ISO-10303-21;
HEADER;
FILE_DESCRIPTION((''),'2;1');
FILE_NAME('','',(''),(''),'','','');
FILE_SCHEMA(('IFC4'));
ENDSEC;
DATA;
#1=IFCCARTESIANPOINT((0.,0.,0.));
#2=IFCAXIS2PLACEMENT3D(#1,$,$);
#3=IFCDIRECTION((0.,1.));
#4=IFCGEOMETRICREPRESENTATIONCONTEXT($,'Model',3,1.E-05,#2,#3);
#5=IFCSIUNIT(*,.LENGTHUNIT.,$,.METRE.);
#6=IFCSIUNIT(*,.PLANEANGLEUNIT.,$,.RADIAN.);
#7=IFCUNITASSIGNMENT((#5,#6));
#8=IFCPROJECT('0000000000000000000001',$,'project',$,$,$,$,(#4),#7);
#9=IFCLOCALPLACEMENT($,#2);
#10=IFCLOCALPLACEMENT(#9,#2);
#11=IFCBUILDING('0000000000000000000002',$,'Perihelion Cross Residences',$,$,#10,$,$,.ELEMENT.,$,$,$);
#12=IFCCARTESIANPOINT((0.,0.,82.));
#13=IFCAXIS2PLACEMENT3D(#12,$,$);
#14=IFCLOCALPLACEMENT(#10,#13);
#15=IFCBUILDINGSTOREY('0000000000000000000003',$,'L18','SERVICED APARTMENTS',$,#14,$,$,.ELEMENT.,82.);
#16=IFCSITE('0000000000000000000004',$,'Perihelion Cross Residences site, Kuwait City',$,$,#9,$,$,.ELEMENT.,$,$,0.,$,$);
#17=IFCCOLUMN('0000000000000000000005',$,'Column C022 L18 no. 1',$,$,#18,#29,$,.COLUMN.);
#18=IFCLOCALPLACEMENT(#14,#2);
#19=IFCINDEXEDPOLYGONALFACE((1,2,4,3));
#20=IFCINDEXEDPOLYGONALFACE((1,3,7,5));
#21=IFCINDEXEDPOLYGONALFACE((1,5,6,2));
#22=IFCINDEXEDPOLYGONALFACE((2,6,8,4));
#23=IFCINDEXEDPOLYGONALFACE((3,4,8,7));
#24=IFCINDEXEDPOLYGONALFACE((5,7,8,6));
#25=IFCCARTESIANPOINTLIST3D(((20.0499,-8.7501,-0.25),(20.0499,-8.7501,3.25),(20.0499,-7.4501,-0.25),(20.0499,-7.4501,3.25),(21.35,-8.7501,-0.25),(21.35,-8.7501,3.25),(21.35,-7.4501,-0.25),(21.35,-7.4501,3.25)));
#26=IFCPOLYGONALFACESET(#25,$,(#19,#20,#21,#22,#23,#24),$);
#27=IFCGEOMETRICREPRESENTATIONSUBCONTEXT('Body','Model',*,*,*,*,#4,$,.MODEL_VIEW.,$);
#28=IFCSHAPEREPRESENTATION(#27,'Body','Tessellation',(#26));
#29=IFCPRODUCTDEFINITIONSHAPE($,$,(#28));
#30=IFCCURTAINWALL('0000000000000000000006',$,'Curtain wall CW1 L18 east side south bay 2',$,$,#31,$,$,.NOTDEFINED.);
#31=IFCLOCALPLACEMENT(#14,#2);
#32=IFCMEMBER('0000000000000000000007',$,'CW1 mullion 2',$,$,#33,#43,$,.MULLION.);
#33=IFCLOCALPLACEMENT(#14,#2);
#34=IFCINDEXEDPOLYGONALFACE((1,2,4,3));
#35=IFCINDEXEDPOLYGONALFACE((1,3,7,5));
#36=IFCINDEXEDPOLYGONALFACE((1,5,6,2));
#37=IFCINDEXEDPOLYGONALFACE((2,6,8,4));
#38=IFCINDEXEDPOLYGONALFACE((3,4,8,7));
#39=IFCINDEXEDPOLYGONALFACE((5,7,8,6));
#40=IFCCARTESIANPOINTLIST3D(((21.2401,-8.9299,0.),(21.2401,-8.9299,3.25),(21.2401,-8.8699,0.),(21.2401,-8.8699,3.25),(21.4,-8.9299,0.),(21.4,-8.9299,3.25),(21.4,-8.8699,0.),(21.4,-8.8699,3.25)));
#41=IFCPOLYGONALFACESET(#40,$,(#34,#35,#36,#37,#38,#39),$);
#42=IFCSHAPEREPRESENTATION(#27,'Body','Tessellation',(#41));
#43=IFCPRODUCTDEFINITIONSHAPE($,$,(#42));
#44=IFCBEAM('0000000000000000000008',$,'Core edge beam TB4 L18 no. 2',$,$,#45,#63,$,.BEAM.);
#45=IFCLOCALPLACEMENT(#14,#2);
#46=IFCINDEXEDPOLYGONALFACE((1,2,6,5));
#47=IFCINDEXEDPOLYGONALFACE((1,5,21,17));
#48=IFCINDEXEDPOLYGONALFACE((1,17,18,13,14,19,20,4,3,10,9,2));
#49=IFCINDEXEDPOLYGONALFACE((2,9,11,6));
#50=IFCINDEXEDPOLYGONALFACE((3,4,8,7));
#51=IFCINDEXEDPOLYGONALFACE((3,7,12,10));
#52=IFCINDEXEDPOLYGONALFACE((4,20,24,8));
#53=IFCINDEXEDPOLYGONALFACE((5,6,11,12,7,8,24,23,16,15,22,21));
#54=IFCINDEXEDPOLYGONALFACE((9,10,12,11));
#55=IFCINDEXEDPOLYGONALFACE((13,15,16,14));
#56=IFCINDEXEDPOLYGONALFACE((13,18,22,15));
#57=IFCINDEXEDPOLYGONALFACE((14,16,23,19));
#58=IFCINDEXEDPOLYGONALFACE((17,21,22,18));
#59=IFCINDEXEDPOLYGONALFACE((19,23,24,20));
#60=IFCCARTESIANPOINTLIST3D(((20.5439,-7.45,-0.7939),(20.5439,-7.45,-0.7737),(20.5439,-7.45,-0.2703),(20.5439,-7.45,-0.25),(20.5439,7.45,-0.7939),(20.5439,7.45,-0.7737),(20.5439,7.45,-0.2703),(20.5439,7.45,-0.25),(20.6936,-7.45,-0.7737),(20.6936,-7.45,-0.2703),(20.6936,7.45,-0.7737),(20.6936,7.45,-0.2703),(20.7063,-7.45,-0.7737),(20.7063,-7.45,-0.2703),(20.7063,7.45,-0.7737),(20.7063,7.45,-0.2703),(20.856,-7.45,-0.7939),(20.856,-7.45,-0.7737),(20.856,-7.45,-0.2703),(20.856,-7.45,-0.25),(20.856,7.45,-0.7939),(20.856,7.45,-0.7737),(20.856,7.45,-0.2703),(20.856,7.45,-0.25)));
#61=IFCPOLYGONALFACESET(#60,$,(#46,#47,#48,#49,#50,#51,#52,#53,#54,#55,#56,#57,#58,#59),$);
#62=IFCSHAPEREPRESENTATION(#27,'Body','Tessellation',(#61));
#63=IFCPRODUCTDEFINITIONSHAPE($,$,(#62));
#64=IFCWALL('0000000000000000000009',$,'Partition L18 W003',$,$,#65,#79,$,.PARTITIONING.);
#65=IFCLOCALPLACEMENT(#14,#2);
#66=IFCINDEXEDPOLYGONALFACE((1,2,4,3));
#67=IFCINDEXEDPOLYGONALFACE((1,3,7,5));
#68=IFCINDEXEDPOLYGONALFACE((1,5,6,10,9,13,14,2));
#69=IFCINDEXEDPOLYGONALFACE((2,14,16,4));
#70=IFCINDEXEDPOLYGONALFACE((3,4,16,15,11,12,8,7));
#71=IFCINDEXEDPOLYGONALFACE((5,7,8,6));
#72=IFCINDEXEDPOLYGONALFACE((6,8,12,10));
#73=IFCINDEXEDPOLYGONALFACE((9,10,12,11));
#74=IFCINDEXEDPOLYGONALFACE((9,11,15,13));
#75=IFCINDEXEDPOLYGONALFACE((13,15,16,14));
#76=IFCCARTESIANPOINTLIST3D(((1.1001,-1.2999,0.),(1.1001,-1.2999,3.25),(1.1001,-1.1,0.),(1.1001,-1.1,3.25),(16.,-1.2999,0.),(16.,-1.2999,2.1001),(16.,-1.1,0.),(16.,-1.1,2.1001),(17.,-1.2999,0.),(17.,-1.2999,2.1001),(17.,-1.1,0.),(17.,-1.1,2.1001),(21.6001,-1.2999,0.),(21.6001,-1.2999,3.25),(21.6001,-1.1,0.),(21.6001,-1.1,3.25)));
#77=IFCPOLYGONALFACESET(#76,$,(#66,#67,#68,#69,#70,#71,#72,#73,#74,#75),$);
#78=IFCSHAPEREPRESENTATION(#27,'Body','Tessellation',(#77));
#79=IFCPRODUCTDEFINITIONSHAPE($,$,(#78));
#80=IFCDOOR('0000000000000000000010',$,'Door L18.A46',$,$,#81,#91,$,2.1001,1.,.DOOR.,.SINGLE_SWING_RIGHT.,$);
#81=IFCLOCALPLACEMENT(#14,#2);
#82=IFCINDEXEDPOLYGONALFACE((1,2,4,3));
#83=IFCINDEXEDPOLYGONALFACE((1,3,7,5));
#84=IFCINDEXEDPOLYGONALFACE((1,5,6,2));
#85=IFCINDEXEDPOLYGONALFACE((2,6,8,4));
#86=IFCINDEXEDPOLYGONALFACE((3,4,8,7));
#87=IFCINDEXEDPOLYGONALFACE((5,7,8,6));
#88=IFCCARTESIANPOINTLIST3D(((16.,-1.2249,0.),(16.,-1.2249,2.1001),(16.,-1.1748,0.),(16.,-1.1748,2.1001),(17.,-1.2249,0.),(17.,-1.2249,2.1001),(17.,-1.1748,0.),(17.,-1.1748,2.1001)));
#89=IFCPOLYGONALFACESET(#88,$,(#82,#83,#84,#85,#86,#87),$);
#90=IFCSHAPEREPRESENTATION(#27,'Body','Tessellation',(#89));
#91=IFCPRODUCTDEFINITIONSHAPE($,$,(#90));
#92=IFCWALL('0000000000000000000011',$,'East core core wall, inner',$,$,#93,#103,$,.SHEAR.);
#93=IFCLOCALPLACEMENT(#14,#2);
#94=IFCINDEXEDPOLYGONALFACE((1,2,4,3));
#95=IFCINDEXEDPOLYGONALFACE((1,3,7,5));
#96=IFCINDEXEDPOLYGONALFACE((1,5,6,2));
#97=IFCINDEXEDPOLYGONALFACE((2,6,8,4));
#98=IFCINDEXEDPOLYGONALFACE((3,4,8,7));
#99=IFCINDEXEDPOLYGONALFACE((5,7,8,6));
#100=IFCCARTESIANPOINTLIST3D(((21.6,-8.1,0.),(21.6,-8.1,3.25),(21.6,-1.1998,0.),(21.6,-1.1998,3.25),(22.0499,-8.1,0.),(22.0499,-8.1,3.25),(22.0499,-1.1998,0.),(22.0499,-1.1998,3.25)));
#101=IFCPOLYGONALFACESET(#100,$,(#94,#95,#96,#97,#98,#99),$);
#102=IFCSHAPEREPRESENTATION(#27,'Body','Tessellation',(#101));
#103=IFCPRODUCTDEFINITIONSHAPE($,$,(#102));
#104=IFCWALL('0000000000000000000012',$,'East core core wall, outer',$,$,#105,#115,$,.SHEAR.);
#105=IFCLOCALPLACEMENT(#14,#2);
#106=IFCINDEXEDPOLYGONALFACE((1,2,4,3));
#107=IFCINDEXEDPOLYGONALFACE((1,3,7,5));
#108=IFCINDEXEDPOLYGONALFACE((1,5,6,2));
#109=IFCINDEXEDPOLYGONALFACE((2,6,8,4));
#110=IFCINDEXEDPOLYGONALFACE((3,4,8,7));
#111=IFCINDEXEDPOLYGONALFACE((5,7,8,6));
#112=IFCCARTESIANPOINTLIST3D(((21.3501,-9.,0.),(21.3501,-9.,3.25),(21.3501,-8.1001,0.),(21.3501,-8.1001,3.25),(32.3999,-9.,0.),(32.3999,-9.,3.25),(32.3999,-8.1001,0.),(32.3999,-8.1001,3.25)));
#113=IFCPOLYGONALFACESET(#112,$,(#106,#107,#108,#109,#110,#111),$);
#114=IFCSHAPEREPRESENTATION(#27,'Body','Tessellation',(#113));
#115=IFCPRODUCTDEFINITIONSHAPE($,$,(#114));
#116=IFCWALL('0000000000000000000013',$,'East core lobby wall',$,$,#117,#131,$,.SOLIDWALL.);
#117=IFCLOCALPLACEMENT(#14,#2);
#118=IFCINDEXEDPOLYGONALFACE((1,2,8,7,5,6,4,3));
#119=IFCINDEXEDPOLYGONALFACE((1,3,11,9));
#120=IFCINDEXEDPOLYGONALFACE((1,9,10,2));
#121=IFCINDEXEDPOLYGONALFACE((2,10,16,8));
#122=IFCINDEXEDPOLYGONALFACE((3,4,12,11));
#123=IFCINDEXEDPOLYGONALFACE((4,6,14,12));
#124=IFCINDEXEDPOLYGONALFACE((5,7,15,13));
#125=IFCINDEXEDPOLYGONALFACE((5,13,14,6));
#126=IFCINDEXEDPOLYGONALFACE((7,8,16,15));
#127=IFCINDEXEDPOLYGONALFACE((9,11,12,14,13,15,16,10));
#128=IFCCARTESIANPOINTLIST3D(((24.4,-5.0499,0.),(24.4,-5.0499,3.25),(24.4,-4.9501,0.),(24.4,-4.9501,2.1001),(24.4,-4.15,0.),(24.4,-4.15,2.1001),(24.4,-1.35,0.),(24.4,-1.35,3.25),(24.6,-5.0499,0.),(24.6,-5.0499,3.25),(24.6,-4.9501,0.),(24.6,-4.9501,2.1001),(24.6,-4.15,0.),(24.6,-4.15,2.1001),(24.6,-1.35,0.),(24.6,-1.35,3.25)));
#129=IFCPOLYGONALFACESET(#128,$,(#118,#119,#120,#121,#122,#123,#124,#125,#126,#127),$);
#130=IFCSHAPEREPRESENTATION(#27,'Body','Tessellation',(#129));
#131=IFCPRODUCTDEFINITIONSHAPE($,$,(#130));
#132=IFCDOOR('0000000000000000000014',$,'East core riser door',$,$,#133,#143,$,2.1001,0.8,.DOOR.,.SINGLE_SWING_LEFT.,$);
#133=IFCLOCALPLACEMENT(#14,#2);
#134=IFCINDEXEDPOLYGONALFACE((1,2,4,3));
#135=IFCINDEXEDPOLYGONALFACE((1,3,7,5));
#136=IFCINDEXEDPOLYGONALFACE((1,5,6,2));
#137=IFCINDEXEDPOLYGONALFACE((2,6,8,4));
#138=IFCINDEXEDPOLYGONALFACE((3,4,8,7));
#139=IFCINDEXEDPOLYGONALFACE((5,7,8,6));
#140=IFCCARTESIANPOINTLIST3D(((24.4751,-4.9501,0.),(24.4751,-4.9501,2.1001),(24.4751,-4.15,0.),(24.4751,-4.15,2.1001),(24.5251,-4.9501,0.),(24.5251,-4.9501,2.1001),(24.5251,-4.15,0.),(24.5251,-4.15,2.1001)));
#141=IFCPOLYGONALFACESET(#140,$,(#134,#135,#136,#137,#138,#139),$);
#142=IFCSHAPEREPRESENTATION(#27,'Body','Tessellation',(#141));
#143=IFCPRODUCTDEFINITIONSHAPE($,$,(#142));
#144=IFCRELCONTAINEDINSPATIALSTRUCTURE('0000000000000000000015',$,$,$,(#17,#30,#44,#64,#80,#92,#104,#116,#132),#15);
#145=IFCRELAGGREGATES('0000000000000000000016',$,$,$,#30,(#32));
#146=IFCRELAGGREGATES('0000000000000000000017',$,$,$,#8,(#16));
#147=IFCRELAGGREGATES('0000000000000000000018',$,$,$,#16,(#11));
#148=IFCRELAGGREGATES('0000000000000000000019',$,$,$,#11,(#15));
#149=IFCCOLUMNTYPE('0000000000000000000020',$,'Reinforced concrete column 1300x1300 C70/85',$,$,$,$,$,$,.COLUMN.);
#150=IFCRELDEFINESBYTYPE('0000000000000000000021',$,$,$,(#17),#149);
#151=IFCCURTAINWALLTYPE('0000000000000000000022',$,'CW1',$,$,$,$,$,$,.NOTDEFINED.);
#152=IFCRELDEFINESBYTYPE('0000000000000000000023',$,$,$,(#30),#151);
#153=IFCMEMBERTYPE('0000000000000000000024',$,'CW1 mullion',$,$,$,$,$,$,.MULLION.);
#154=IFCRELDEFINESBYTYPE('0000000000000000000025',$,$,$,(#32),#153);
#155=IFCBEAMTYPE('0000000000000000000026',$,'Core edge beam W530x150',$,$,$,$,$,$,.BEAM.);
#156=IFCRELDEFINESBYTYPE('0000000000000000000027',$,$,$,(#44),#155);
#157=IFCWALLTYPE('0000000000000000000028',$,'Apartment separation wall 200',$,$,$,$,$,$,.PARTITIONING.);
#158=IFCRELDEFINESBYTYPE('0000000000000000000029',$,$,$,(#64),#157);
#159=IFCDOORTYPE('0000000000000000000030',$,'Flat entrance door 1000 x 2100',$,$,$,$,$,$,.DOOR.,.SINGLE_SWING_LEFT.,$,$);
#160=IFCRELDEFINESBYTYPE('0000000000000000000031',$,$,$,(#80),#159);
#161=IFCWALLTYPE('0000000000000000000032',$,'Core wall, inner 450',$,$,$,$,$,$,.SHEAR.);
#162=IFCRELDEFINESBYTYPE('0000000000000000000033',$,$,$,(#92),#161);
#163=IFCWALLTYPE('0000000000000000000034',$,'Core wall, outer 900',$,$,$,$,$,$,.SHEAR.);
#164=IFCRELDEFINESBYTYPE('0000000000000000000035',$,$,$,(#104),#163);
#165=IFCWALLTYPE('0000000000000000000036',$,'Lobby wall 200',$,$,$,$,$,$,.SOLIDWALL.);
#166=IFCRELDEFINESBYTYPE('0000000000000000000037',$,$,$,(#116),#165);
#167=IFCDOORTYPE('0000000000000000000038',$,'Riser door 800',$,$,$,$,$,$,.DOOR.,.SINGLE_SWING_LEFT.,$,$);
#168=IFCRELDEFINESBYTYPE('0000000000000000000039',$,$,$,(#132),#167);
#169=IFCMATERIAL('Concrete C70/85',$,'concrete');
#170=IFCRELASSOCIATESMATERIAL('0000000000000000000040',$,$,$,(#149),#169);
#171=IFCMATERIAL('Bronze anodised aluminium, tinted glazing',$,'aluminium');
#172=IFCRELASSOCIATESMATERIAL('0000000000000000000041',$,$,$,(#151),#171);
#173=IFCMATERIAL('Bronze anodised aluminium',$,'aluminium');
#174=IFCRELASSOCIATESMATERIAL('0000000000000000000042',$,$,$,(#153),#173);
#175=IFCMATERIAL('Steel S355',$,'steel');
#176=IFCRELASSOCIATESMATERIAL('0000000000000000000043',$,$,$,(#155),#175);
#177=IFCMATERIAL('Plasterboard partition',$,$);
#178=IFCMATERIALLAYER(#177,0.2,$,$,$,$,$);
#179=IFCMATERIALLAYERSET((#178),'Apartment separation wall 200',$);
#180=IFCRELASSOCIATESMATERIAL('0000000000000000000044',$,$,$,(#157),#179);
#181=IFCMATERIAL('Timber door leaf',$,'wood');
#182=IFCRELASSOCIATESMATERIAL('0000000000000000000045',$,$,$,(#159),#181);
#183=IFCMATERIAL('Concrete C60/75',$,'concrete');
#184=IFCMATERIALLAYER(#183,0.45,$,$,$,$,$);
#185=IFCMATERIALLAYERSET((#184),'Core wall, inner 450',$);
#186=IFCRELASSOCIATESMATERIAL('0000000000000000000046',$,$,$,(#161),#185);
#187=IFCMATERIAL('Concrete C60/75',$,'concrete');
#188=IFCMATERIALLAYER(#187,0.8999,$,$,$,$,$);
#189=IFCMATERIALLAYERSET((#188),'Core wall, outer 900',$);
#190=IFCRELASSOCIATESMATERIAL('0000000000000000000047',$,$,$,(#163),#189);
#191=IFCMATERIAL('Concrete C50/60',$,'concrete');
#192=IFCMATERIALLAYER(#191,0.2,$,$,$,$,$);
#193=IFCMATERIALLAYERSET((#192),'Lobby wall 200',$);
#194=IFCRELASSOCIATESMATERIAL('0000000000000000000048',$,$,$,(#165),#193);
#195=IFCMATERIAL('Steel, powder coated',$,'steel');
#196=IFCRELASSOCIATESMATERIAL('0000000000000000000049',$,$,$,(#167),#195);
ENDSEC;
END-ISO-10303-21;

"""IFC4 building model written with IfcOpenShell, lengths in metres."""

from ifc_helpers import new_model, si_unit, direction, frame, frame_2d, origin, origin_2d, place, context, subcontext, project, spatial, rectangle, i_section, extrude, material, layer, layer_set, material_profile, profile_set, type_object, element, fill, aggregate, save


model = new_model("IFC4")

# Units and contexts
model_context = context("Model", 3, precision=1e-05, world=origin(), true_north=direction((0.0, 1.0)))
body_context = subcontext(model_context, "Body", "Model", "MODEL_VIEW")
ifc_project = project(units=[si_unit("LENGTHUNIT", "METRE"), si_unit("PLANEANGLEUNIT", "RADIAN")], contexts=[model_context])

# Site, building, storey
site_placement = place(None, origin())
site = spatial("IfcSite", under=ifc_project, at=site_placement, Name="Perihelion Cross Residences site, Kuwait City", CompositionType="ELEMENT", RefElevation=0.0)
building_placement = place(site_placement, origin())
building = spatial("IfcBuilding", under=site, at=building_placement, Name="Perihelion Cross Residences", CompositionType="ELEMENT")
storey_placement = place(building_placement, frame((0.0, 0.0, 82.0)))
storey = spatial("IfcBuildingStorey", under=building, at=storey_placement, Name="L18", Description="SERVICED APARTMENTS", CompositionType="ELEMENT", Elevation=82.0)

# Column
ifc_material_1 = material(Name="Concrete C70/85", Category="concrete")
ifc_material_profile_1 = material_profile(ifc_material_1, rectangle(XDim=1.3, YDim=1.3, at=origin_2d()), Name="RC 1300x1300")
ifc_profile_set_1 = profile_set([ifc_material_profile_1], Name="Concrete C70/85")
column_type = type_object("IfcColumnType", Name="Reinforced concrete column 1300x1300 C70/85", PredefinedType="COLUMN", material=ifc_profile_set_1)
column_placement = place(storey_placement, frame((20.7, -8.1001, -0.25), z_axis=(0.0, 0.0, 1.0), x_axis=(1.0, 0.0, 0.0)))
element("IfcColumn", 1, at=column_placement, inside=storey, type_object=column_type, Name="Column C022 L18 no. 1", PredefinedType="COLUMN", context=body_context, shape_type="SweptSolid", body=[
    extrude(rectangle(XDim=1.3, YDim=1.3, at=origin_2d()), origin(), (0.0, 0.0, 1.0), 3.5),
])

# Curtain wall, member
ifc_material_2 = material(Name="Bronze anodised aluminium, tinted glazing", Category="aluminium")
curtain_wall_type = type_object("IfcCurtainWallType", Name="CW1", PredefinedType="NOTDEFINED", material=ifc_material_2)
curtain_wall_placement = place(storey_placement, origin())
curtain_wall = element("IfcCurtainWall", 2, at=curtain_wall_placement, inside=storey, type_object=curtain_wall_type, Name="Curtain wall CW1 L18 east side south bay 2", PredefinedType="NOTDEFINED")
ifc_material_3 = material(Name="Bronze anodised aluminium", Category="aluminium")
ifc_material_profile_2 = material_profile(ifc_material_3, rectangle(XDim=0.0601, YDim=0.1599, at=origin_2d()), Name="CW1 mullion")
ifc_profile_set_2 = profile_set([ifc_material_profile_2], Name="Bronze anodised aluminium")
member_type = type_object("IfcMemberType", Name="CW1 mullion", PredefinedType="MULLION", material=ifc_profile_set_2)
member_placement = place(storey_placement, frame((21.3201, -8.8999, 0.0), z_axis=(0.0, 0.0, 1.0), x_axis=(0.0, 1.0, 0.0)))
member = element("IfcMember", 3, at=member_placement, type_object=member_type, Name="CW1 mullion 2", PredefinedType="MULLION", context=body_context, shape_type="SweptSolid", body=[
    extrude(rectangle(XDim=0.0601, YDim=0.1599, at=origin_2d()), origin(), (0.0, 0.0, 1.0), 3.25),
])
aggregate(curtain_wall, [member])

# Beam
ifc_material_4 = material(Name="Steel S355", Category="steel")
ifc_material_profile_3 = material_profile(ifc_material_4, i_section(OverallWidth=0.312, OverallDepth=0.5439, WebThickness=0.0127, FlangeThickness=0.0203, at=origin_2d()), Name="W530x150")
ifc_profile_set_3 = profile_set([ifc_material_profile_3], Name="Steel S355")
beam_type = type_object("IfcBeamType", Name="Core edge beam W530x150", PredefinedType="BEAM", material=ifc_profile_set_3)
beam_placement = place(storey_placement, frame((20.7, -7.45, -0.522), z_axis=(0.0, 1.0, 0.0), x_axis=(-1.0, 0.0, 0.0)))
element("IfcBeam", 4, at=beam_placement, inside=storey, type_object=beam_type, Name="Core edge beam TB4 L18 no. 2", PredefinedType="BEAM", context=body_context, shape_type="SweptSolid", body=[
    extrude(i_section(OverallWidth=0.312, OverallDepth=0.5439, WebThickness=0.0127, FlangeThickness=0.0203, at=origin_2d()), origin(), (0.0, 0.0, 1.0), 14.8999),
])

# Wall, opening, door
ifc_material_5 = material(Name="Plasterboard partition")
ifc_layer_1 = layer(ifc_material_5, 0.2)
ifc_layer_set_1 = layer_set([ifc_layer_1], Name="Apartment separation wall 200")
wall_type_1 = type_object("IfcWallType", Name="Apartment separation wall 200", PredefinedType="PARTITIONING", material=ifc_layer_set_1)
wall_1_placement = place(storey_placement, frame((21.6001, -1.2, 0.0), z_axis=(0.0, 0.0, 1.0), x_axis=(-1.0, 0.0, 0.0)))
wall_1 = element("IfcWall", 5, at=wall_1_placement, inside=storey, type_object=wall_type_1, Name="Partition L18 W003", PredefinedType="PARTITIONING", context=body_context, shape_type="SweptSolid", body=[
    extrude(rectangle(XDim=20.5, YDim=0.2, at=frame_2d((10.25, 0.0))), origin(), (0.0, 0.0, 1.0), 3.25),
])
opening_1_placement = place(wall_1_placement, frame((4.6001, 0.0, 0.0)))
opening_1 = element("IfcOpeningElement", 6, at=opening_1_placement, cuts=wall_1, PredefinedType="OPENING", context=body_context, shape_type="SweptSolid", body=[
    extrude(rectangle(XDim=1.0, YDim=2.1001, at=frame_2d((0.5, 1.05))), frame((0.0, 0.1099, 0.0), z_axis=(0.0, -1.0, 0.0), x_axis=(1.0, 0.0, 0.0)), (0.0, 0.0, 1.0), 0.22),
])
ifc_material_6 = material(Name="Timber door leaf", Category="wood")
door_type_1 = type_object("IfcDoorType", Name="Flat entrance door 1000 x 2100", OperationType="SINGLE_SWING_LEFT", PredefinedType="DOOR", material=ifc_material_6)
door_1_placement = place(opening_1_placement, origin())
door_1 = element("IfcDoor", 7, at=door_1_placement, inside=storey, type_object=door_type_1, Name="Door L18.A46", OperationType="SINGLE_SWING_RIGHT", OverallHeight=2.1001, OverallWidth=1.0, PredefinedType="DOOR", context=body_context, shape_type="SweptSolid", body=[
    extrude(rectangle(XDim=1.0, YDim=2.1001, at=frame_2d((0.5, 1.05))), frame((0.0, 0.0249, 0.0), z_axis=(0.0, -1.0, 0.0), x_axis=(1.0, 0.0, 0.0)), (0.0, 0.0, 1.0), 0.05),
])
fill(opening_1, door_1)

# Walls
ifc_material_7 = material(Name="Concrete C60/75", Category="concrete")
ifc_layer_2 = layer(ifc_material_7, 0.45)
ifc_layer_set_2 = layer_set([ifc_layer_2], Name="Core wall, inner 450")
wall_type_2 = type_object("IfcWallType", Name="Core wall, inner 450", PredefinedType="SHEAR", material=ifc_layer_set_2)
wall_2_placement = place(storey_placement, frame((21.825, -8.1001, 0.0), z_axis=(0.0, 0.0, 1.0), x_axis=(0.0, 1.0, 0.0)))
element("IfcWall", 8, at=wall_2_placement, inside=storey, type_object=wall_type_2, Name="East core core wall, inner", PredefinedType="SHEAR", context=body_context, shape_type="SweptSolid", body=[
    extrude(rectangle(XDim=6.9001, YDim=0.45, at=frame_2d((3.4502, 0.0))), origin(), (0.0, 0.0, 1.0), 3.25),
])
ifc_material_8 = material(Name="Concrete C60/75", Category="concrete")
ifc_layer_3 = layer(ifc_material_8, 0.8999)
ifc_layer_set_3 = layer_set([ifc_layer_3], Name="Core wall, outer 900")
wall_type_3 = type_object("IfcWallType", Name="Core wall, outer 900", PredefinedType="SHEAR", material=ifc_layer_set_3)
wall_3_placement = place(storey_placement, frame((21.3501, -8.55, 0.0), z_axis=(0.0, 0.0, 1.0), x_axis=(1.0, 0.0, 0.0)))
element("IfcWall", 9, at=wall_3_placement, inside=storey, type_object=wall_type_3, Name="East core core wall, outer", PredefinedType="SHEAR", context=body_context, shape_type="SweptSolid", body=[
    extrude(rectangle(XDim=11.0498, YDim=0.8999, at=frame_2d((5.5249, 0.0))), origin(), (0.0, 0.0, 1.0), 3.25),
])

# Wall, opening, door
ifc_material_9 = material(Name="Concrete C50/60", Category="concrete")
ifc_layer_4 = layer(ifc_material_9, 0.2)
ifc_layer_set_4 = layer_set([ifc_layer_4], Name="Lobby wall 200")
wall_type_4 = type_object("IfcWallType", Name="Lobby wall 200", PredefinedType="SOLIDWALL", material=ifc_layer_set_4)
wall_4_placement = place(storey_placement, frame((24.5, -5.05, 0.0), z_axis=(0.0, 0.0, 1.0), x_axis=(0.0, 1.0, 0.0)))
wall_4 = element("IfcWall", 10, at=wall_4_placement, inside=storey, type_object=wall_type_4, Name="East core lobby wall", PredefinedType="SOLIDWALL", context=body_context, shape_type="SweptSolid", body=[
    extrude(rectangle(XDim=3.7, YDim=0.2, at=frame_2d((1.8501, 0.0))), origin(), (0.0, 0.0, 1.0), 3.25),
])
opening_2_placement = place(wall_4_placement, frame((0.1001, 0.0, 0.0)))
opening_2 = element("IfcOpeningElement", 11, at=opening_2_placement, cuts=wall_4, PredefinedType="OPENING", context=body_context, shape_type="SweptSolid", body=[
    extrude(rectangle(XDim=0.8, YDim=2.1001, at=frame_2d((0.3999, 1.05))), frame((0.0, 0.1099, 0.0), z_axis=(0.0, -1.0, 0.0), x_axis=(1.0, 0.0, 0.0)), (0.0, 0.0, 1.0), 0.22),
])
ifc_material_10 = material(Name="Steel, powder coated", Category="steel")
door_type_2 = type_object("IfcDoorType", Name="Riser door 800", OperationType="SINGLE_SWING_LEFT", PredefinedType="DOOR", material=ifc_material_10)
door_2_placement = place(opening_2_placement, origin())
door_2 = element("IfcDoor", 12, at=door_2_placement, inside=storey, type_object=door_type_2, Name="East core riser door", OperationType="SINGLE_SWING_LEFT", OverallHeight=2.1001, OverallWidth=0.8, PredefinedType="DOOR", context=body_context, shape_type="SweptSolid", body=[
    extrude(rectangle(XDim=0.8, YDim=2.1001, at=frame_2d((0.3999, 1.05))), frame((0.0, 0.0249, 0.0), z_axis=(0.0, -1.0, 0.0), x_axis=(1.0, 0.0, 0.0)), (0.0, 0.0, 1.0), 0.05),
])
fill(opening_2, door_2)

save(model, "model.ifc")
